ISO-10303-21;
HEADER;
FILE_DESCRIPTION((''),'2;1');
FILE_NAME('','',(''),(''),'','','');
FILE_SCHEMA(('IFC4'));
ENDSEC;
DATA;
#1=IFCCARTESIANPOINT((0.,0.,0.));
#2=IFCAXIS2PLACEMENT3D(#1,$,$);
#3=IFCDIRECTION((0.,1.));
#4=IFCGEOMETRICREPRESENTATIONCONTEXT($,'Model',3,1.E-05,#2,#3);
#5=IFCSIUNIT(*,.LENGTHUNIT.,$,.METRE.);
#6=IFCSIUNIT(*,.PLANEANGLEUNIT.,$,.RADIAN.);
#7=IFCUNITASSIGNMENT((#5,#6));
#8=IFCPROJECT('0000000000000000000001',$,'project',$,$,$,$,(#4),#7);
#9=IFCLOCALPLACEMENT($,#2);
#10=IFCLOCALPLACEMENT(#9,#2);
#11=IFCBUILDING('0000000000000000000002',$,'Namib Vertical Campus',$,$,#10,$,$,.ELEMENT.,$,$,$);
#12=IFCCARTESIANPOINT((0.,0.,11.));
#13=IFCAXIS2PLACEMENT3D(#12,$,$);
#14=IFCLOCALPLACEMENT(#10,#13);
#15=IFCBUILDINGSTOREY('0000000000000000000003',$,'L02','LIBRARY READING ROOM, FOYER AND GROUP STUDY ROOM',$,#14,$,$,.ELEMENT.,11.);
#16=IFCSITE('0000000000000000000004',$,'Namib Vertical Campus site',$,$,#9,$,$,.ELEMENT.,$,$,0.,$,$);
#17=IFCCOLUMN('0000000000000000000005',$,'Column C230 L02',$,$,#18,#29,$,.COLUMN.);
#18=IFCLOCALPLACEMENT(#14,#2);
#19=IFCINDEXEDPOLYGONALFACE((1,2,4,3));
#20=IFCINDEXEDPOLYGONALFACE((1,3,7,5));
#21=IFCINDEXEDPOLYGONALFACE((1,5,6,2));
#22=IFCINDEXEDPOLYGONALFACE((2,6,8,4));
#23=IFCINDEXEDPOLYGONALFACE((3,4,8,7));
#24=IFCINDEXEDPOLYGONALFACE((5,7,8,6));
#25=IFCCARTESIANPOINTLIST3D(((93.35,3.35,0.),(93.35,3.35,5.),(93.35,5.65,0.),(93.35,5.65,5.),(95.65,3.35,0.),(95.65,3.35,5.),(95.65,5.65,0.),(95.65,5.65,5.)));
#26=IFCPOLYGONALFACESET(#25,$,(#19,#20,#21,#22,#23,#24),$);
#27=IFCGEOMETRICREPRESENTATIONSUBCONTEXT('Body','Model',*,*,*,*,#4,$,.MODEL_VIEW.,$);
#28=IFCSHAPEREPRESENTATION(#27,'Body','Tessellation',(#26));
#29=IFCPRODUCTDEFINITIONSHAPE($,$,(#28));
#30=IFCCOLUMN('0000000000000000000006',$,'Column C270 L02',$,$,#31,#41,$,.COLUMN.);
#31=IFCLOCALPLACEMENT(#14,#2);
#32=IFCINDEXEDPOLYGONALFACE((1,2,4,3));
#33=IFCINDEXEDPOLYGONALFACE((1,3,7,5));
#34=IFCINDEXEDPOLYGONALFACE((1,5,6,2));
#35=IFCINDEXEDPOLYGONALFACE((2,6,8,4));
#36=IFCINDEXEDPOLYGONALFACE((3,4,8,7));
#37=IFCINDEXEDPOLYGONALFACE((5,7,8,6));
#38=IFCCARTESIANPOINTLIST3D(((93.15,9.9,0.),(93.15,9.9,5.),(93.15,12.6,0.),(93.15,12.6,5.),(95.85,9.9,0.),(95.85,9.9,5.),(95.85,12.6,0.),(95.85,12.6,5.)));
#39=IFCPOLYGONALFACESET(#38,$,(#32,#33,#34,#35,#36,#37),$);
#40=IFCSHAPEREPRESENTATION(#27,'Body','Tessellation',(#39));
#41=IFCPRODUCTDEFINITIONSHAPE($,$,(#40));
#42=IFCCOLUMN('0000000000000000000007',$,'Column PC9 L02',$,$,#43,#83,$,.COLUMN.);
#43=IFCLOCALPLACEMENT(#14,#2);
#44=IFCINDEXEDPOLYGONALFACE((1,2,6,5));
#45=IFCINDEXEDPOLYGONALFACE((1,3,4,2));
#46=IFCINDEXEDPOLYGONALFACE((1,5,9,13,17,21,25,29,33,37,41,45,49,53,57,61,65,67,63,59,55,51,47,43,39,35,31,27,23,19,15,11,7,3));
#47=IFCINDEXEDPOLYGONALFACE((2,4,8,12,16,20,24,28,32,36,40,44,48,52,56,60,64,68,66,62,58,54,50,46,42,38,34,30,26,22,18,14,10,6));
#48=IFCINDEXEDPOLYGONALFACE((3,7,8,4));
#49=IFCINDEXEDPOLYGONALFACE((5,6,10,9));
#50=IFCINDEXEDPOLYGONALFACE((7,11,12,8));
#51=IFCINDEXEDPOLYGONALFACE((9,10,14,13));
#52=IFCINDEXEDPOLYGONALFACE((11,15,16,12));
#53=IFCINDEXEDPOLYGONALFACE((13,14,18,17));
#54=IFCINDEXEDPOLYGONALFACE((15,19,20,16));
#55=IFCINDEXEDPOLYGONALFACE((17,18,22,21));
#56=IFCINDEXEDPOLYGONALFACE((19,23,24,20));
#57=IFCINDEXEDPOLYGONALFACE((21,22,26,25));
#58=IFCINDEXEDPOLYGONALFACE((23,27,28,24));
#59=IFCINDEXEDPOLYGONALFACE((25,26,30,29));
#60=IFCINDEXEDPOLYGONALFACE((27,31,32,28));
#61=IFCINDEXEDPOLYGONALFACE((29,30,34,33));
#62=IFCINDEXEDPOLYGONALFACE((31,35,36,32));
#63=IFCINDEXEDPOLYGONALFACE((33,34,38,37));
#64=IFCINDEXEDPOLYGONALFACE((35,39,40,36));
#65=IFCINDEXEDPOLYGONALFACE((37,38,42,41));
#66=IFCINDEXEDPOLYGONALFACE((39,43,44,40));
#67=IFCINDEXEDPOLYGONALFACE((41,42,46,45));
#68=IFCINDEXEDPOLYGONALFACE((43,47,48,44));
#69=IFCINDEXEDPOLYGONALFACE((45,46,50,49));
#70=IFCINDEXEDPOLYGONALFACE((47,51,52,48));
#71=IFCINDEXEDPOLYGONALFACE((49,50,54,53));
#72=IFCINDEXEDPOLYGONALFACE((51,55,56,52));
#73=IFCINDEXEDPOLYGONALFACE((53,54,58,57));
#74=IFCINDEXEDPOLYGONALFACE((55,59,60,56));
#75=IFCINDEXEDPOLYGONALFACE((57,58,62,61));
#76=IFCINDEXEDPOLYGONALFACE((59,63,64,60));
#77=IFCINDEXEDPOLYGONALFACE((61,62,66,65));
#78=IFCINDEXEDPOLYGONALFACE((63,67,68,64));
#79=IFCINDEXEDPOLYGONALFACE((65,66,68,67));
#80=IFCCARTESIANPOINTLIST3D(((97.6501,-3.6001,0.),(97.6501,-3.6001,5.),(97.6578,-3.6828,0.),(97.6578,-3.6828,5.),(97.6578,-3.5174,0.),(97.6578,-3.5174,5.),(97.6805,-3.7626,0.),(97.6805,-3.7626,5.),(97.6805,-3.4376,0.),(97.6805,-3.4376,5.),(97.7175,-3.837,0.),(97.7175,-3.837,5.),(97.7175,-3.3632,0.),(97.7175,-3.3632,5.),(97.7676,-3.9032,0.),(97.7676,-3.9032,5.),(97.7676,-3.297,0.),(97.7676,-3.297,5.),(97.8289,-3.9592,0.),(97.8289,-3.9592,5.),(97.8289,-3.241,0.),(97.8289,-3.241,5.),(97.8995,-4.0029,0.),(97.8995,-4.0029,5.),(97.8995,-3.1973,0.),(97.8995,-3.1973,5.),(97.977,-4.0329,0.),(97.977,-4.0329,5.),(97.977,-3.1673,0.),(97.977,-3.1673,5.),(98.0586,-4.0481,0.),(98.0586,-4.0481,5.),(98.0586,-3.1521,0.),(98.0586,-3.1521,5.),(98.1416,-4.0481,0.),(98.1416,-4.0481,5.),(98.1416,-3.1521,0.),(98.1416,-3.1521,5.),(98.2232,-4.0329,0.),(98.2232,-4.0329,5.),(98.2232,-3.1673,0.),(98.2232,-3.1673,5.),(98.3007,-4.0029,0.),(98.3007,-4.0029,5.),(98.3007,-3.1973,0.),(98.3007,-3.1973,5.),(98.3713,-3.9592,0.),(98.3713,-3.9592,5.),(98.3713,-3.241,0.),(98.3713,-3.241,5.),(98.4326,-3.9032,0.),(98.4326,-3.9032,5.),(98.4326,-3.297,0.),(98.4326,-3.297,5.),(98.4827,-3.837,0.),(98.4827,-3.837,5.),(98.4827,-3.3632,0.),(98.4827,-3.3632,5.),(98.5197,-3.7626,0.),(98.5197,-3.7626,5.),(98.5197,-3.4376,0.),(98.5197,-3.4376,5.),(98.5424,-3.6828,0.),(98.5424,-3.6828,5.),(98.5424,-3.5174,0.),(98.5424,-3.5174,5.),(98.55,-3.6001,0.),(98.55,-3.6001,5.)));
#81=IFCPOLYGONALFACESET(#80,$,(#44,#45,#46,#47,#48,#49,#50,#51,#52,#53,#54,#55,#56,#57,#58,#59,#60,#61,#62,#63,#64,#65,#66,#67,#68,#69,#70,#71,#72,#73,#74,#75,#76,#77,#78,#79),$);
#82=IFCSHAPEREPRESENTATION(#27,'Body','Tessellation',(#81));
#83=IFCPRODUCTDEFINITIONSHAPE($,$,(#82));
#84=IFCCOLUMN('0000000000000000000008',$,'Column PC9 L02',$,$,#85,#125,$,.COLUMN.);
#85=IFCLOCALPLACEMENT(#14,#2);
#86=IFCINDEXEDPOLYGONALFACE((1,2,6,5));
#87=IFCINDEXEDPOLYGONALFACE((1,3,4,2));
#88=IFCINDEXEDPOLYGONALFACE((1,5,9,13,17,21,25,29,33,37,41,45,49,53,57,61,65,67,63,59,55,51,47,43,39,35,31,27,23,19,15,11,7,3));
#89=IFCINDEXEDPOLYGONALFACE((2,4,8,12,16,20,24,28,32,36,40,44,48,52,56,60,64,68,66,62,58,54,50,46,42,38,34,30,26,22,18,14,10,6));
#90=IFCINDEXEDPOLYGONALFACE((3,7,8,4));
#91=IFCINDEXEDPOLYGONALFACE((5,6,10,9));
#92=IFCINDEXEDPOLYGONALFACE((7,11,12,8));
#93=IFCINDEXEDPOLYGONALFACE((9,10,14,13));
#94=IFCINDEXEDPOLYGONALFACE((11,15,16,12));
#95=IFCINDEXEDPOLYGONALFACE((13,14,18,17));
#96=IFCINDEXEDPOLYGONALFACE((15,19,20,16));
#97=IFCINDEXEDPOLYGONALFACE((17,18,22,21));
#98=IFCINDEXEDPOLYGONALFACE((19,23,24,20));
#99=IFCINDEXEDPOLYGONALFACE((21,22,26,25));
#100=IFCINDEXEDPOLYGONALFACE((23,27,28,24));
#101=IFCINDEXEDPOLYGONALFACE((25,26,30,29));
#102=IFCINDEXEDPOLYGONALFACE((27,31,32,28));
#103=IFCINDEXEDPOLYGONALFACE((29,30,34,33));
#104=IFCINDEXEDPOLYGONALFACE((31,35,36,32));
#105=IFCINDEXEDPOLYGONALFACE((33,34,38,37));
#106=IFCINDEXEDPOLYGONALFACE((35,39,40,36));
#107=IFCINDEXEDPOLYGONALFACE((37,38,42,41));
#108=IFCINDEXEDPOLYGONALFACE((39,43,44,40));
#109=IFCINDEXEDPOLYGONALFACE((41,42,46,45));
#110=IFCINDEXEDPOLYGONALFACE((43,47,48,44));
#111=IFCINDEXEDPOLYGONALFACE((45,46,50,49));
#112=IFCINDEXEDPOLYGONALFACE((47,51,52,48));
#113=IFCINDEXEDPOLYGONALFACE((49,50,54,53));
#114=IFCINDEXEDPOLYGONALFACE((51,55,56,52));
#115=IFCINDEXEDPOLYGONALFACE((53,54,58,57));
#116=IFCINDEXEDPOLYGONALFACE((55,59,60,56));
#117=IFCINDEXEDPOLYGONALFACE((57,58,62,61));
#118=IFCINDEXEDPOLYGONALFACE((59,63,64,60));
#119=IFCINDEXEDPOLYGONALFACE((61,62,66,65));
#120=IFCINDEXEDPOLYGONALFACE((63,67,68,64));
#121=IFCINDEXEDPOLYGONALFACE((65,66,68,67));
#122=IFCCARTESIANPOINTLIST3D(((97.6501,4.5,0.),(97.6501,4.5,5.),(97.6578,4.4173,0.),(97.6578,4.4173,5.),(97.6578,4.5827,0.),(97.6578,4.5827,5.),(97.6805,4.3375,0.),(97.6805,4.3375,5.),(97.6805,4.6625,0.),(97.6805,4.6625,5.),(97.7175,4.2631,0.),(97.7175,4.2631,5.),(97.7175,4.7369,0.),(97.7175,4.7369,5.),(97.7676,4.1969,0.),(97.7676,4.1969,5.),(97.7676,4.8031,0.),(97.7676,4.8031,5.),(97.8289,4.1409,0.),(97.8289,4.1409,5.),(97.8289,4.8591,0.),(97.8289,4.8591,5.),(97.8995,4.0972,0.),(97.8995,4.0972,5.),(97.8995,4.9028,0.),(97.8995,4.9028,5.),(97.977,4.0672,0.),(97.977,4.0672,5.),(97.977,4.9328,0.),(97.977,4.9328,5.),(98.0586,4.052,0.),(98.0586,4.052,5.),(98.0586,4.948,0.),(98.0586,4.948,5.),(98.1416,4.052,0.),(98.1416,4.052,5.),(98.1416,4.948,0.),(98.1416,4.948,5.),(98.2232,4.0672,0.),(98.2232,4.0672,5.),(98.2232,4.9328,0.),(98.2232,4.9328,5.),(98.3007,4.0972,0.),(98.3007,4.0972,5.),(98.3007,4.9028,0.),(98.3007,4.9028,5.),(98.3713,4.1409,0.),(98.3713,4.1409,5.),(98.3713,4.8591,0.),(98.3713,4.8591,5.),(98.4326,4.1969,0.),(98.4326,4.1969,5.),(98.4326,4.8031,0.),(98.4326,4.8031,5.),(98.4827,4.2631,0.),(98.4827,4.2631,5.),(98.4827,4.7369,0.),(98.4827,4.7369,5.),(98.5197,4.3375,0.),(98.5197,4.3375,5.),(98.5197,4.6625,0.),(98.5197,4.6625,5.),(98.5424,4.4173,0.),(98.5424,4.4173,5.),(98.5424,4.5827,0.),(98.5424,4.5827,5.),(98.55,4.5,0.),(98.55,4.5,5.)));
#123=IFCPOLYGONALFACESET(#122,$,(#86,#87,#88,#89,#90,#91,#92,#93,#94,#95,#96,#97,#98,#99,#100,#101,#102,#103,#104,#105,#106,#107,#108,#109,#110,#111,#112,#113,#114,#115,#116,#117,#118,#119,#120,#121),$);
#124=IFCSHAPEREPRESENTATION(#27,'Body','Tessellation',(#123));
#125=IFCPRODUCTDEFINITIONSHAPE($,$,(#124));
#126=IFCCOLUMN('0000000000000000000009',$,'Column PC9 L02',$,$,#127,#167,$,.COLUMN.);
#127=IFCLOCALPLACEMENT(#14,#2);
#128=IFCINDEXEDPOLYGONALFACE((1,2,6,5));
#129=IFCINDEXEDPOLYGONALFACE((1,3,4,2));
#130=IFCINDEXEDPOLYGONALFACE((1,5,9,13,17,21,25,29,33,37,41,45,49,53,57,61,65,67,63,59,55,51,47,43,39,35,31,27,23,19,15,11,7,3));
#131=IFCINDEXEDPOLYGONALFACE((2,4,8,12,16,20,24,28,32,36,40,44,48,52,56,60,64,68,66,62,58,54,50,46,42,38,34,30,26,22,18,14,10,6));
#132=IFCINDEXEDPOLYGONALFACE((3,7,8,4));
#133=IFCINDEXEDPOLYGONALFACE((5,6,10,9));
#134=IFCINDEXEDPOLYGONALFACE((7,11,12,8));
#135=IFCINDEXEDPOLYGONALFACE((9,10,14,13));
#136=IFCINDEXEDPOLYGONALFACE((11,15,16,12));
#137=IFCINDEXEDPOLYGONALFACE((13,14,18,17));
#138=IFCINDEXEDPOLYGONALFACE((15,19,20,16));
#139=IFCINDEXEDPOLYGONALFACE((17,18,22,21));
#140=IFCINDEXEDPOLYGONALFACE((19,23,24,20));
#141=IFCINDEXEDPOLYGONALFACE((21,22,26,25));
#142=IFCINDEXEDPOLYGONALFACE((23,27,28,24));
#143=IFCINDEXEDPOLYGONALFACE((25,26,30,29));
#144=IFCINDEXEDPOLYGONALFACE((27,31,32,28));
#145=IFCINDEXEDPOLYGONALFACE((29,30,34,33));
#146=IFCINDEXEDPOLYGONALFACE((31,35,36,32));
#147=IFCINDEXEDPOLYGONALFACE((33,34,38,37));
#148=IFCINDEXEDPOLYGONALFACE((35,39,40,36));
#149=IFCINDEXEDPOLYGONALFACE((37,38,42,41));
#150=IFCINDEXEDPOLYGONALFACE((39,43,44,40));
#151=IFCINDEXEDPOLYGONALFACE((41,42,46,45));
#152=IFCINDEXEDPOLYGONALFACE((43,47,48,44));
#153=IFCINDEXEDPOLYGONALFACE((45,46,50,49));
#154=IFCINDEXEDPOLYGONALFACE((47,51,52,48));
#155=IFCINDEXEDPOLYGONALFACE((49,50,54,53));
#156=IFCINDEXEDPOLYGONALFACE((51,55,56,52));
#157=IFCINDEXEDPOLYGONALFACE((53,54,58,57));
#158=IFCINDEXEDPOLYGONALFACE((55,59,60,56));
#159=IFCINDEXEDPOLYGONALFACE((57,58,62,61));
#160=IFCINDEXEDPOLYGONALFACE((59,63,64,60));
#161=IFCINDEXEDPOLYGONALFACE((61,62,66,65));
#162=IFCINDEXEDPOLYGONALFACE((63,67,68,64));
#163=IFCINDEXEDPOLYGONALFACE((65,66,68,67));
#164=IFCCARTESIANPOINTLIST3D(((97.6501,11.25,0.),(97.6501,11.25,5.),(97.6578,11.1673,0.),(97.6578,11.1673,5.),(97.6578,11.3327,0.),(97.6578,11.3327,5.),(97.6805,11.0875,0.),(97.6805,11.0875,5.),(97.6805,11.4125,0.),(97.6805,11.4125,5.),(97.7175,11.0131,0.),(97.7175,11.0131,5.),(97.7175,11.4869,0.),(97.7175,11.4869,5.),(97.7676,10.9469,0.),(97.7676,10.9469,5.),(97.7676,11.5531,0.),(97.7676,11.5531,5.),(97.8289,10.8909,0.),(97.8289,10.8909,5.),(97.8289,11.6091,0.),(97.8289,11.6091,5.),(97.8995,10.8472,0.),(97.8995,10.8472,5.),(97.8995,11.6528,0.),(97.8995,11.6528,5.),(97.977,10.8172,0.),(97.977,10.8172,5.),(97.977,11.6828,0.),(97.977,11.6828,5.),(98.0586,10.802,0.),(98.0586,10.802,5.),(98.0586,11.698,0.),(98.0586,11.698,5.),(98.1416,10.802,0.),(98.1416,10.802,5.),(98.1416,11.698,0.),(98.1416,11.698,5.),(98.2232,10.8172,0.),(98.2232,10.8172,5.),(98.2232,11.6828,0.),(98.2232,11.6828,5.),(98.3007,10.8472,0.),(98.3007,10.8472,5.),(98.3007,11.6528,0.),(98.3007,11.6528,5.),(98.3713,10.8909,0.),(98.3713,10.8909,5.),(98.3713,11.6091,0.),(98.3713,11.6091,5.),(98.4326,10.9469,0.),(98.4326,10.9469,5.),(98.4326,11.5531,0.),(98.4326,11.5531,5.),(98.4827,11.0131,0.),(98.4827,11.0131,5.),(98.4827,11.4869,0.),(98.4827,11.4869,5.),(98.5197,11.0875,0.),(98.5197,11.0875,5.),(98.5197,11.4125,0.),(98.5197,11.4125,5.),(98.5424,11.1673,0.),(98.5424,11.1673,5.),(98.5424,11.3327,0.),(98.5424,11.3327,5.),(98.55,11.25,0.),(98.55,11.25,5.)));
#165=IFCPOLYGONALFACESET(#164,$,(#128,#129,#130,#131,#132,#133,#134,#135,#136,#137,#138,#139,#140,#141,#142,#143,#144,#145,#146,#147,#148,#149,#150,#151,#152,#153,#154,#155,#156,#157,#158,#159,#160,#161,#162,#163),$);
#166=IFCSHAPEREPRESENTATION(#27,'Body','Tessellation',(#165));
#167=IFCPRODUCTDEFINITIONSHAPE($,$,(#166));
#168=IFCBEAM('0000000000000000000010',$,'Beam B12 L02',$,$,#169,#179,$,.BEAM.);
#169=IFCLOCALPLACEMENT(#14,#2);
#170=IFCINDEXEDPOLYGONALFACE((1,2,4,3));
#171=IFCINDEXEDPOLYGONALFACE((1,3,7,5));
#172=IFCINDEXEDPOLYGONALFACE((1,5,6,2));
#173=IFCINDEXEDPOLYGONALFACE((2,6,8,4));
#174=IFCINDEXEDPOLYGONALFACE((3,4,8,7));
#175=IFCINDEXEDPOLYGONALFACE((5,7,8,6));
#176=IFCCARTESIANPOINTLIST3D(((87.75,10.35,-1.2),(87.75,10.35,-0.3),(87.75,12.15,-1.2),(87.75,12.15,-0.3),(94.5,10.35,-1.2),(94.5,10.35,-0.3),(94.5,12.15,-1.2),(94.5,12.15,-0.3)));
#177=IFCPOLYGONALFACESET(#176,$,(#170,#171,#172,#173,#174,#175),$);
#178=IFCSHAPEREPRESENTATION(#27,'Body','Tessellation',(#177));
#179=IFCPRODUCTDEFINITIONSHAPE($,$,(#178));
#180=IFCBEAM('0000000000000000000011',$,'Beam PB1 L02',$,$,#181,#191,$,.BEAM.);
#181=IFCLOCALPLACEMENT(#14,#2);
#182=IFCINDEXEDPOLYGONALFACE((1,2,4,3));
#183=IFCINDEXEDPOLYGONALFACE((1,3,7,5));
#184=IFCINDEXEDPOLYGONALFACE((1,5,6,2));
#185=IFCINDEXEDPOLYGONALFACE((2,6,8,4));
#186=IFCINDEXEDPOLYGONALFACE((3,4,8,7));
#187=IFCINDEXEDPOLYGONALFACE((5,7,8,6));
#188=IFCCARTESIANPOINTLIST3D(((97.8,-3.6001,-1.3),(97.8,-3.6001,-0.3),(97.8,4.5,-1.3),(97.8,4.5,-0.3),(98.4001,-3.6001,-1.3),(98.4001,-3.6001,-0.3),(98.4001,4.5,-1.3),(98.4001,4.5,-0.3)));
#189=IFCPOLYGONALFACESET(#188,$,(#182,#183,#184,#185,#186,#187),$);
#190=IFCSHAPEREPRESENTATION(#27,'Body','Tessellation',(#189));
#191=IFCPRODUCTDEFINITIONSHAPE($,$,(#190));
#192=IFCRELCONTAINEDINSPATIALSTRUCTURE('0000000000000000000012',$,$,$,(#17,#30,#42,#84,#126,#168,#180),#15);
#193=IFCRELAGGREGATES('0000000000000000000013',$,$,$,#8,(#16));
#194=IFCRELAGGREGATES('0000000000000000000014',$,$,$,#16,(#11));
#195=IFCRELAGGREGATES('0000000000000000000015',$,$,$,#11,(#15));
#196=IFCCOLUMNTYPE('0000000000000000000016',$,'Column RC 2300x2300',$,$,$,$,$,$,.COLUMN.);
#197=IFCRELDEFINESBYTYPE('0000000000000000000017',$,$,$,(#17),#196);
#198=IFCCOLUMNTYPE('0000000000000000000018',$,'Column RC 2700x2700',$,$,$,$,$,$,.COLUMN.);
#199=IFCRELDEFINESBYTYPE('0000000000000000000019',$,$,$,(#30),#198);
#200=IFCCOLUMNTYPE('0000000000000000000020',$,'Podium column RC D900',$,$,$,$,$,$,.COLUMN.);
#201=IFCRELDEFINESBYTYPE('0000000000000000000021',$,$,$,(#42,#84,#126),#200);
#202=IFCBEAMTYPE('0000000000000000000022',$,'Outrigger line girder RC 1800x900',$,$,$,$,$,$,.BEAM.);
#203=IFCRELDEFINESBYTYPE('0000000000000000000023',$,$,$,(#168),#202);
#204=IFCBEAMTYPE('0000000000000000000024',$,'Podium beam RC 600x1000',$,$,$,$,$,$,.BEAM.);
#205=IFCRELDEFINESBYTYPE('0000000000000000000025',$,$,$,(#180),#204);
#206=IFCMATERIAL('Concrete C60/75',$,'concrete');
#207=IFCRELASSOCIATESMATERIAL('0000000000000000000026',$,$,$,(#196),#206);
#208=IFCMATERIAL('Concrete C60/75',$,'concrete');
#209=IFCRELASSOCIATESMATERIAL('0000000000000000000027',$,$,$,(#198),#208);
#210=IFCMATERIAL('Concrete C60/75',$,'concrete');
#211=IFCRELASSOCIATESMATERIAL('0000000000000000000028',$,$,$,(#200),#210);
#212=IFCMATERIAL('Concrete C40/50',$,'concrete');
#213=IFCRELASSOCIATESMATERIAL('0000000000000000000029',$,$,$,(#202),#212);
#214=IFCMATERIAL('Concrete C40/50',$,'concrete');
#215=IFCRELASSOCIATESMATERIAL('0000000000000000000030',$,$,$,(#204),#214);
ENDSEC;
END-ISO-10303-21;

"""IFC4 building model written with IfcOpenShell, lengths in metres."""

from ifc_helpers import new_model, si_unit, direction, frame, origin, origin_2d, place, context, subcontext, project, spatial, rectangle, circle, extrude, material, material_profile, profile_set, type_object, element, save


model = new_model("IFC4")

# Units and contexts
model_context = context("Model", 3, precision=1e-05, world=origin(), true_north=direction((0.0, 1.0)))
body_context = subcontext(model_context, "Body", "Model", "MODEL_VIEW")
ifc_project = project(units=[si_unit("LENGTHUNIT", "METRE"), si_unit("PLANEANGLEUNIT", "RADIAN")], contexts=[model_context])

# Site, building, storey
site_placement = place(None, origin())
site = spatial("IfcSite", under=ifc_project, at=site_placement, Name="Namib Vertical Campus site", CompositionType="ELEMENT", RefElevation=0.0)
building_placement = place(site_placement, origin())
building = spatial("IfcBuilding", under=site, at=building_placement, Name="Namib Vertical Campus", CompositionType="ELEMENT")
storey_placement = place(building_placement, frame((0.0, 0.0, 11.0)))
storey = spatial("IfcBuildingStorey", under=building, at=storey_placement, Name="L02", Description="LIBRARY READING ROOM, FOYER AND GROUP STUDY ROOM", CompositionType="ELEMENT", Elevation=11.0)

# Columns
ifc_material_1 = material(Name="Concrete C60/75", Category="concrete")
ifc_material_profile_1 = material_profile(ifc_material_1, rectangle(XDim=2.3, YDim=2.3, at=origin_2d()))
ifc_profile_set_1 = profile_set([ifc_material_profile_1], Name="Concrete C60/75")
column_type_1 = type_object("IfcColumnType", Name="Column RC 2300x2300", PredefinedType="COLUMN", material=ifc_profile_set_1)
column_1_placement = place(storey_placement, frame((94.5, 4.5, 0.0), z_axis=(0.0, 0.0, 1.0), x_axis=(1.0, 0.0, 0.0)))
element("IfcColumn", 1, at=column_1_placement, inside=storey, type_object=column_type_1, Name="Column C230 L02", PredefinedType="COLUMN", context=body_context, shape_type="SweptSolid", body=[
    extrude(rectangle(XDim=2.3, YDim=2.3, at=origin_2d()), origin(), (0.0, 0.0, 1.0), 5.0),
])
ifc_material_2 = material(Name="Concrete C60/75", Category="concrete")
ifc_material_profile_2 = material_profile(ifc_material_2, rectangle(XDim=2.7, YDim=2.7, at=origin_2d()))
ifc_profile_set_2 = profile_set([ifc_material_profile_2], Name="Concrete C60/75")
column_type_2 = type_object("IfcColumnType", Name="Column RC 2700x2700", PredefinedType="COLUMN", material=ifc_profile_set_2)
column_2_placement = place(storey_placement, frame((94.5, 11.25, 0.0), z_axis=(0.0, 0.0, 1.0), x_axis=(1.0, 0.0, 0.0)))
element("IfcColumn", 2, at=column_2_placement, inside=storey, type_object=column_type_2, Name="Column C270 L02", PredefinedType="COLUMN", context=body_context, shape_type="SweptSolid", body=[
    extrude(rectangle(XDim=2.7, YDim=2.7, at=origin_2d()), origin(), (0.0, 0.0, 1.0), 5.0),
])
ifc_material_3 = material(Name="Concrete C60/75", Category="concrete")
ifc_material_profile_3 = material_profile(ifc_material_3, circle(Radius=0.45, at=origin_2d()))
ifc_profile_set_3 = profile_set([ifc_material_profile_3], Name="Concrete C60/75")
column_type_3 = type_object("IfcColumnType", Name="Podium column RC D900", PredefinedType="COLUMN", material=ifc_profile_set_3)
for number, where, z_axis, x_axis, name in (
    (3, (98.1001, -3.6001, 0.0), (0.0, 0.0, 1.0), (1.0, 0.0, 0.0), "Column PC9 L02"),
    (4, (98.1001, 4.5, 0.0), (0.0, 0.0, 1.0), (1.0, 0.0, 0.0), "Column PC9 L02"),
    (5, (98.1001, 11.25, 0.0), (0.0, 0.0, 1.0), (1.0, 0.0, 0.0), "Column PC9 L02"),
):
    element("IfcColumn", number, at=place(storey_placement, frame(where, z_axis=z_axis, x_axis=x_axis)), inside=storey, type_object=column_type_3, Name=name, PredefinedType="COLUMN", context=body_context, shape_type="SweptSolid", body=[
        extrude(circle(Radius=0.45, at=origin_2d()), origin(), (0.0, 0.0, 1.0), 5.0),
    ])

# Beams
ifc_material_4 = material(Name="Concrete C40/50", Category="concrete")
ifc_material_profile_4 = material_profile(ifc_material_4, rectangle(XDim=1.8, YDim=0.8999, at=origin_2d()))
ifc_profile_set_4 = profile_set([ifc_material_profile_4], Name="Concrete C40/50")
beam_type_1 = type_object("IfcBeamType", Name="Outrigger line girder RC 1800x900", PredefinedType="BEAM", material=ifc_profile_set_4)
beam_1_placement = place(storey_placement, frame((94.5, 11.25, -0.75), z_axis=(-1.0, 0.0, 0.0), x_axis=(0.0, -1.0, 0.0)))
element("IfcBeam", 6, at=beam_1_placement, inside=storey, type_object=beam_type_1, Name="Beam B12 L02", PredefinedType="BEAM", context=body_context, shape_type="SweptSolid", body=[
    extrude(rectangle(XDim=1.8, YDim=0.8999, at=origin_2d()), origin(), (0.0, 0.0, 1.0), 6.75),
])
ifc_material_5 = material(Name="Concrete C40/50", Category="concrete")
ifc_material_profile_5 = material_profile(ifc_material_5, rectangle(XDim=0.6001, YDim=1.0, at=origin_2d()))
ifc_profile_set_5 = profile_set([ifc_material_profile_5], Name="Concrete C40/50")
beam_type_2 = type_object("IfcBeamType", Name="Podium beam RC 600x1000", PredefinedType="BEAM", material=ifc_profile_set_5)
beam_2_placement = place(storey_placement, frame((98.1001, -3.6001, -0.8), z_axis=(0.0, 1.0, 0.0), x_axis=(-1.0, 0.0, 0.0)))
element("IfcBeam", 7, at=beam_2_placement, inside=storey, type_object=beam_type_2, Name="Beam PB1 L02", PredefinedType="BEAM", context=body_context, shape_type="SweptSolid", body=[
    extrude(rectangle(XDim=0.6001, YDim=1.0, at=origin_2d()), origin(), (0.0, 0.0, 1.0), 8.1001),
])

save(model, "model.ifc")
